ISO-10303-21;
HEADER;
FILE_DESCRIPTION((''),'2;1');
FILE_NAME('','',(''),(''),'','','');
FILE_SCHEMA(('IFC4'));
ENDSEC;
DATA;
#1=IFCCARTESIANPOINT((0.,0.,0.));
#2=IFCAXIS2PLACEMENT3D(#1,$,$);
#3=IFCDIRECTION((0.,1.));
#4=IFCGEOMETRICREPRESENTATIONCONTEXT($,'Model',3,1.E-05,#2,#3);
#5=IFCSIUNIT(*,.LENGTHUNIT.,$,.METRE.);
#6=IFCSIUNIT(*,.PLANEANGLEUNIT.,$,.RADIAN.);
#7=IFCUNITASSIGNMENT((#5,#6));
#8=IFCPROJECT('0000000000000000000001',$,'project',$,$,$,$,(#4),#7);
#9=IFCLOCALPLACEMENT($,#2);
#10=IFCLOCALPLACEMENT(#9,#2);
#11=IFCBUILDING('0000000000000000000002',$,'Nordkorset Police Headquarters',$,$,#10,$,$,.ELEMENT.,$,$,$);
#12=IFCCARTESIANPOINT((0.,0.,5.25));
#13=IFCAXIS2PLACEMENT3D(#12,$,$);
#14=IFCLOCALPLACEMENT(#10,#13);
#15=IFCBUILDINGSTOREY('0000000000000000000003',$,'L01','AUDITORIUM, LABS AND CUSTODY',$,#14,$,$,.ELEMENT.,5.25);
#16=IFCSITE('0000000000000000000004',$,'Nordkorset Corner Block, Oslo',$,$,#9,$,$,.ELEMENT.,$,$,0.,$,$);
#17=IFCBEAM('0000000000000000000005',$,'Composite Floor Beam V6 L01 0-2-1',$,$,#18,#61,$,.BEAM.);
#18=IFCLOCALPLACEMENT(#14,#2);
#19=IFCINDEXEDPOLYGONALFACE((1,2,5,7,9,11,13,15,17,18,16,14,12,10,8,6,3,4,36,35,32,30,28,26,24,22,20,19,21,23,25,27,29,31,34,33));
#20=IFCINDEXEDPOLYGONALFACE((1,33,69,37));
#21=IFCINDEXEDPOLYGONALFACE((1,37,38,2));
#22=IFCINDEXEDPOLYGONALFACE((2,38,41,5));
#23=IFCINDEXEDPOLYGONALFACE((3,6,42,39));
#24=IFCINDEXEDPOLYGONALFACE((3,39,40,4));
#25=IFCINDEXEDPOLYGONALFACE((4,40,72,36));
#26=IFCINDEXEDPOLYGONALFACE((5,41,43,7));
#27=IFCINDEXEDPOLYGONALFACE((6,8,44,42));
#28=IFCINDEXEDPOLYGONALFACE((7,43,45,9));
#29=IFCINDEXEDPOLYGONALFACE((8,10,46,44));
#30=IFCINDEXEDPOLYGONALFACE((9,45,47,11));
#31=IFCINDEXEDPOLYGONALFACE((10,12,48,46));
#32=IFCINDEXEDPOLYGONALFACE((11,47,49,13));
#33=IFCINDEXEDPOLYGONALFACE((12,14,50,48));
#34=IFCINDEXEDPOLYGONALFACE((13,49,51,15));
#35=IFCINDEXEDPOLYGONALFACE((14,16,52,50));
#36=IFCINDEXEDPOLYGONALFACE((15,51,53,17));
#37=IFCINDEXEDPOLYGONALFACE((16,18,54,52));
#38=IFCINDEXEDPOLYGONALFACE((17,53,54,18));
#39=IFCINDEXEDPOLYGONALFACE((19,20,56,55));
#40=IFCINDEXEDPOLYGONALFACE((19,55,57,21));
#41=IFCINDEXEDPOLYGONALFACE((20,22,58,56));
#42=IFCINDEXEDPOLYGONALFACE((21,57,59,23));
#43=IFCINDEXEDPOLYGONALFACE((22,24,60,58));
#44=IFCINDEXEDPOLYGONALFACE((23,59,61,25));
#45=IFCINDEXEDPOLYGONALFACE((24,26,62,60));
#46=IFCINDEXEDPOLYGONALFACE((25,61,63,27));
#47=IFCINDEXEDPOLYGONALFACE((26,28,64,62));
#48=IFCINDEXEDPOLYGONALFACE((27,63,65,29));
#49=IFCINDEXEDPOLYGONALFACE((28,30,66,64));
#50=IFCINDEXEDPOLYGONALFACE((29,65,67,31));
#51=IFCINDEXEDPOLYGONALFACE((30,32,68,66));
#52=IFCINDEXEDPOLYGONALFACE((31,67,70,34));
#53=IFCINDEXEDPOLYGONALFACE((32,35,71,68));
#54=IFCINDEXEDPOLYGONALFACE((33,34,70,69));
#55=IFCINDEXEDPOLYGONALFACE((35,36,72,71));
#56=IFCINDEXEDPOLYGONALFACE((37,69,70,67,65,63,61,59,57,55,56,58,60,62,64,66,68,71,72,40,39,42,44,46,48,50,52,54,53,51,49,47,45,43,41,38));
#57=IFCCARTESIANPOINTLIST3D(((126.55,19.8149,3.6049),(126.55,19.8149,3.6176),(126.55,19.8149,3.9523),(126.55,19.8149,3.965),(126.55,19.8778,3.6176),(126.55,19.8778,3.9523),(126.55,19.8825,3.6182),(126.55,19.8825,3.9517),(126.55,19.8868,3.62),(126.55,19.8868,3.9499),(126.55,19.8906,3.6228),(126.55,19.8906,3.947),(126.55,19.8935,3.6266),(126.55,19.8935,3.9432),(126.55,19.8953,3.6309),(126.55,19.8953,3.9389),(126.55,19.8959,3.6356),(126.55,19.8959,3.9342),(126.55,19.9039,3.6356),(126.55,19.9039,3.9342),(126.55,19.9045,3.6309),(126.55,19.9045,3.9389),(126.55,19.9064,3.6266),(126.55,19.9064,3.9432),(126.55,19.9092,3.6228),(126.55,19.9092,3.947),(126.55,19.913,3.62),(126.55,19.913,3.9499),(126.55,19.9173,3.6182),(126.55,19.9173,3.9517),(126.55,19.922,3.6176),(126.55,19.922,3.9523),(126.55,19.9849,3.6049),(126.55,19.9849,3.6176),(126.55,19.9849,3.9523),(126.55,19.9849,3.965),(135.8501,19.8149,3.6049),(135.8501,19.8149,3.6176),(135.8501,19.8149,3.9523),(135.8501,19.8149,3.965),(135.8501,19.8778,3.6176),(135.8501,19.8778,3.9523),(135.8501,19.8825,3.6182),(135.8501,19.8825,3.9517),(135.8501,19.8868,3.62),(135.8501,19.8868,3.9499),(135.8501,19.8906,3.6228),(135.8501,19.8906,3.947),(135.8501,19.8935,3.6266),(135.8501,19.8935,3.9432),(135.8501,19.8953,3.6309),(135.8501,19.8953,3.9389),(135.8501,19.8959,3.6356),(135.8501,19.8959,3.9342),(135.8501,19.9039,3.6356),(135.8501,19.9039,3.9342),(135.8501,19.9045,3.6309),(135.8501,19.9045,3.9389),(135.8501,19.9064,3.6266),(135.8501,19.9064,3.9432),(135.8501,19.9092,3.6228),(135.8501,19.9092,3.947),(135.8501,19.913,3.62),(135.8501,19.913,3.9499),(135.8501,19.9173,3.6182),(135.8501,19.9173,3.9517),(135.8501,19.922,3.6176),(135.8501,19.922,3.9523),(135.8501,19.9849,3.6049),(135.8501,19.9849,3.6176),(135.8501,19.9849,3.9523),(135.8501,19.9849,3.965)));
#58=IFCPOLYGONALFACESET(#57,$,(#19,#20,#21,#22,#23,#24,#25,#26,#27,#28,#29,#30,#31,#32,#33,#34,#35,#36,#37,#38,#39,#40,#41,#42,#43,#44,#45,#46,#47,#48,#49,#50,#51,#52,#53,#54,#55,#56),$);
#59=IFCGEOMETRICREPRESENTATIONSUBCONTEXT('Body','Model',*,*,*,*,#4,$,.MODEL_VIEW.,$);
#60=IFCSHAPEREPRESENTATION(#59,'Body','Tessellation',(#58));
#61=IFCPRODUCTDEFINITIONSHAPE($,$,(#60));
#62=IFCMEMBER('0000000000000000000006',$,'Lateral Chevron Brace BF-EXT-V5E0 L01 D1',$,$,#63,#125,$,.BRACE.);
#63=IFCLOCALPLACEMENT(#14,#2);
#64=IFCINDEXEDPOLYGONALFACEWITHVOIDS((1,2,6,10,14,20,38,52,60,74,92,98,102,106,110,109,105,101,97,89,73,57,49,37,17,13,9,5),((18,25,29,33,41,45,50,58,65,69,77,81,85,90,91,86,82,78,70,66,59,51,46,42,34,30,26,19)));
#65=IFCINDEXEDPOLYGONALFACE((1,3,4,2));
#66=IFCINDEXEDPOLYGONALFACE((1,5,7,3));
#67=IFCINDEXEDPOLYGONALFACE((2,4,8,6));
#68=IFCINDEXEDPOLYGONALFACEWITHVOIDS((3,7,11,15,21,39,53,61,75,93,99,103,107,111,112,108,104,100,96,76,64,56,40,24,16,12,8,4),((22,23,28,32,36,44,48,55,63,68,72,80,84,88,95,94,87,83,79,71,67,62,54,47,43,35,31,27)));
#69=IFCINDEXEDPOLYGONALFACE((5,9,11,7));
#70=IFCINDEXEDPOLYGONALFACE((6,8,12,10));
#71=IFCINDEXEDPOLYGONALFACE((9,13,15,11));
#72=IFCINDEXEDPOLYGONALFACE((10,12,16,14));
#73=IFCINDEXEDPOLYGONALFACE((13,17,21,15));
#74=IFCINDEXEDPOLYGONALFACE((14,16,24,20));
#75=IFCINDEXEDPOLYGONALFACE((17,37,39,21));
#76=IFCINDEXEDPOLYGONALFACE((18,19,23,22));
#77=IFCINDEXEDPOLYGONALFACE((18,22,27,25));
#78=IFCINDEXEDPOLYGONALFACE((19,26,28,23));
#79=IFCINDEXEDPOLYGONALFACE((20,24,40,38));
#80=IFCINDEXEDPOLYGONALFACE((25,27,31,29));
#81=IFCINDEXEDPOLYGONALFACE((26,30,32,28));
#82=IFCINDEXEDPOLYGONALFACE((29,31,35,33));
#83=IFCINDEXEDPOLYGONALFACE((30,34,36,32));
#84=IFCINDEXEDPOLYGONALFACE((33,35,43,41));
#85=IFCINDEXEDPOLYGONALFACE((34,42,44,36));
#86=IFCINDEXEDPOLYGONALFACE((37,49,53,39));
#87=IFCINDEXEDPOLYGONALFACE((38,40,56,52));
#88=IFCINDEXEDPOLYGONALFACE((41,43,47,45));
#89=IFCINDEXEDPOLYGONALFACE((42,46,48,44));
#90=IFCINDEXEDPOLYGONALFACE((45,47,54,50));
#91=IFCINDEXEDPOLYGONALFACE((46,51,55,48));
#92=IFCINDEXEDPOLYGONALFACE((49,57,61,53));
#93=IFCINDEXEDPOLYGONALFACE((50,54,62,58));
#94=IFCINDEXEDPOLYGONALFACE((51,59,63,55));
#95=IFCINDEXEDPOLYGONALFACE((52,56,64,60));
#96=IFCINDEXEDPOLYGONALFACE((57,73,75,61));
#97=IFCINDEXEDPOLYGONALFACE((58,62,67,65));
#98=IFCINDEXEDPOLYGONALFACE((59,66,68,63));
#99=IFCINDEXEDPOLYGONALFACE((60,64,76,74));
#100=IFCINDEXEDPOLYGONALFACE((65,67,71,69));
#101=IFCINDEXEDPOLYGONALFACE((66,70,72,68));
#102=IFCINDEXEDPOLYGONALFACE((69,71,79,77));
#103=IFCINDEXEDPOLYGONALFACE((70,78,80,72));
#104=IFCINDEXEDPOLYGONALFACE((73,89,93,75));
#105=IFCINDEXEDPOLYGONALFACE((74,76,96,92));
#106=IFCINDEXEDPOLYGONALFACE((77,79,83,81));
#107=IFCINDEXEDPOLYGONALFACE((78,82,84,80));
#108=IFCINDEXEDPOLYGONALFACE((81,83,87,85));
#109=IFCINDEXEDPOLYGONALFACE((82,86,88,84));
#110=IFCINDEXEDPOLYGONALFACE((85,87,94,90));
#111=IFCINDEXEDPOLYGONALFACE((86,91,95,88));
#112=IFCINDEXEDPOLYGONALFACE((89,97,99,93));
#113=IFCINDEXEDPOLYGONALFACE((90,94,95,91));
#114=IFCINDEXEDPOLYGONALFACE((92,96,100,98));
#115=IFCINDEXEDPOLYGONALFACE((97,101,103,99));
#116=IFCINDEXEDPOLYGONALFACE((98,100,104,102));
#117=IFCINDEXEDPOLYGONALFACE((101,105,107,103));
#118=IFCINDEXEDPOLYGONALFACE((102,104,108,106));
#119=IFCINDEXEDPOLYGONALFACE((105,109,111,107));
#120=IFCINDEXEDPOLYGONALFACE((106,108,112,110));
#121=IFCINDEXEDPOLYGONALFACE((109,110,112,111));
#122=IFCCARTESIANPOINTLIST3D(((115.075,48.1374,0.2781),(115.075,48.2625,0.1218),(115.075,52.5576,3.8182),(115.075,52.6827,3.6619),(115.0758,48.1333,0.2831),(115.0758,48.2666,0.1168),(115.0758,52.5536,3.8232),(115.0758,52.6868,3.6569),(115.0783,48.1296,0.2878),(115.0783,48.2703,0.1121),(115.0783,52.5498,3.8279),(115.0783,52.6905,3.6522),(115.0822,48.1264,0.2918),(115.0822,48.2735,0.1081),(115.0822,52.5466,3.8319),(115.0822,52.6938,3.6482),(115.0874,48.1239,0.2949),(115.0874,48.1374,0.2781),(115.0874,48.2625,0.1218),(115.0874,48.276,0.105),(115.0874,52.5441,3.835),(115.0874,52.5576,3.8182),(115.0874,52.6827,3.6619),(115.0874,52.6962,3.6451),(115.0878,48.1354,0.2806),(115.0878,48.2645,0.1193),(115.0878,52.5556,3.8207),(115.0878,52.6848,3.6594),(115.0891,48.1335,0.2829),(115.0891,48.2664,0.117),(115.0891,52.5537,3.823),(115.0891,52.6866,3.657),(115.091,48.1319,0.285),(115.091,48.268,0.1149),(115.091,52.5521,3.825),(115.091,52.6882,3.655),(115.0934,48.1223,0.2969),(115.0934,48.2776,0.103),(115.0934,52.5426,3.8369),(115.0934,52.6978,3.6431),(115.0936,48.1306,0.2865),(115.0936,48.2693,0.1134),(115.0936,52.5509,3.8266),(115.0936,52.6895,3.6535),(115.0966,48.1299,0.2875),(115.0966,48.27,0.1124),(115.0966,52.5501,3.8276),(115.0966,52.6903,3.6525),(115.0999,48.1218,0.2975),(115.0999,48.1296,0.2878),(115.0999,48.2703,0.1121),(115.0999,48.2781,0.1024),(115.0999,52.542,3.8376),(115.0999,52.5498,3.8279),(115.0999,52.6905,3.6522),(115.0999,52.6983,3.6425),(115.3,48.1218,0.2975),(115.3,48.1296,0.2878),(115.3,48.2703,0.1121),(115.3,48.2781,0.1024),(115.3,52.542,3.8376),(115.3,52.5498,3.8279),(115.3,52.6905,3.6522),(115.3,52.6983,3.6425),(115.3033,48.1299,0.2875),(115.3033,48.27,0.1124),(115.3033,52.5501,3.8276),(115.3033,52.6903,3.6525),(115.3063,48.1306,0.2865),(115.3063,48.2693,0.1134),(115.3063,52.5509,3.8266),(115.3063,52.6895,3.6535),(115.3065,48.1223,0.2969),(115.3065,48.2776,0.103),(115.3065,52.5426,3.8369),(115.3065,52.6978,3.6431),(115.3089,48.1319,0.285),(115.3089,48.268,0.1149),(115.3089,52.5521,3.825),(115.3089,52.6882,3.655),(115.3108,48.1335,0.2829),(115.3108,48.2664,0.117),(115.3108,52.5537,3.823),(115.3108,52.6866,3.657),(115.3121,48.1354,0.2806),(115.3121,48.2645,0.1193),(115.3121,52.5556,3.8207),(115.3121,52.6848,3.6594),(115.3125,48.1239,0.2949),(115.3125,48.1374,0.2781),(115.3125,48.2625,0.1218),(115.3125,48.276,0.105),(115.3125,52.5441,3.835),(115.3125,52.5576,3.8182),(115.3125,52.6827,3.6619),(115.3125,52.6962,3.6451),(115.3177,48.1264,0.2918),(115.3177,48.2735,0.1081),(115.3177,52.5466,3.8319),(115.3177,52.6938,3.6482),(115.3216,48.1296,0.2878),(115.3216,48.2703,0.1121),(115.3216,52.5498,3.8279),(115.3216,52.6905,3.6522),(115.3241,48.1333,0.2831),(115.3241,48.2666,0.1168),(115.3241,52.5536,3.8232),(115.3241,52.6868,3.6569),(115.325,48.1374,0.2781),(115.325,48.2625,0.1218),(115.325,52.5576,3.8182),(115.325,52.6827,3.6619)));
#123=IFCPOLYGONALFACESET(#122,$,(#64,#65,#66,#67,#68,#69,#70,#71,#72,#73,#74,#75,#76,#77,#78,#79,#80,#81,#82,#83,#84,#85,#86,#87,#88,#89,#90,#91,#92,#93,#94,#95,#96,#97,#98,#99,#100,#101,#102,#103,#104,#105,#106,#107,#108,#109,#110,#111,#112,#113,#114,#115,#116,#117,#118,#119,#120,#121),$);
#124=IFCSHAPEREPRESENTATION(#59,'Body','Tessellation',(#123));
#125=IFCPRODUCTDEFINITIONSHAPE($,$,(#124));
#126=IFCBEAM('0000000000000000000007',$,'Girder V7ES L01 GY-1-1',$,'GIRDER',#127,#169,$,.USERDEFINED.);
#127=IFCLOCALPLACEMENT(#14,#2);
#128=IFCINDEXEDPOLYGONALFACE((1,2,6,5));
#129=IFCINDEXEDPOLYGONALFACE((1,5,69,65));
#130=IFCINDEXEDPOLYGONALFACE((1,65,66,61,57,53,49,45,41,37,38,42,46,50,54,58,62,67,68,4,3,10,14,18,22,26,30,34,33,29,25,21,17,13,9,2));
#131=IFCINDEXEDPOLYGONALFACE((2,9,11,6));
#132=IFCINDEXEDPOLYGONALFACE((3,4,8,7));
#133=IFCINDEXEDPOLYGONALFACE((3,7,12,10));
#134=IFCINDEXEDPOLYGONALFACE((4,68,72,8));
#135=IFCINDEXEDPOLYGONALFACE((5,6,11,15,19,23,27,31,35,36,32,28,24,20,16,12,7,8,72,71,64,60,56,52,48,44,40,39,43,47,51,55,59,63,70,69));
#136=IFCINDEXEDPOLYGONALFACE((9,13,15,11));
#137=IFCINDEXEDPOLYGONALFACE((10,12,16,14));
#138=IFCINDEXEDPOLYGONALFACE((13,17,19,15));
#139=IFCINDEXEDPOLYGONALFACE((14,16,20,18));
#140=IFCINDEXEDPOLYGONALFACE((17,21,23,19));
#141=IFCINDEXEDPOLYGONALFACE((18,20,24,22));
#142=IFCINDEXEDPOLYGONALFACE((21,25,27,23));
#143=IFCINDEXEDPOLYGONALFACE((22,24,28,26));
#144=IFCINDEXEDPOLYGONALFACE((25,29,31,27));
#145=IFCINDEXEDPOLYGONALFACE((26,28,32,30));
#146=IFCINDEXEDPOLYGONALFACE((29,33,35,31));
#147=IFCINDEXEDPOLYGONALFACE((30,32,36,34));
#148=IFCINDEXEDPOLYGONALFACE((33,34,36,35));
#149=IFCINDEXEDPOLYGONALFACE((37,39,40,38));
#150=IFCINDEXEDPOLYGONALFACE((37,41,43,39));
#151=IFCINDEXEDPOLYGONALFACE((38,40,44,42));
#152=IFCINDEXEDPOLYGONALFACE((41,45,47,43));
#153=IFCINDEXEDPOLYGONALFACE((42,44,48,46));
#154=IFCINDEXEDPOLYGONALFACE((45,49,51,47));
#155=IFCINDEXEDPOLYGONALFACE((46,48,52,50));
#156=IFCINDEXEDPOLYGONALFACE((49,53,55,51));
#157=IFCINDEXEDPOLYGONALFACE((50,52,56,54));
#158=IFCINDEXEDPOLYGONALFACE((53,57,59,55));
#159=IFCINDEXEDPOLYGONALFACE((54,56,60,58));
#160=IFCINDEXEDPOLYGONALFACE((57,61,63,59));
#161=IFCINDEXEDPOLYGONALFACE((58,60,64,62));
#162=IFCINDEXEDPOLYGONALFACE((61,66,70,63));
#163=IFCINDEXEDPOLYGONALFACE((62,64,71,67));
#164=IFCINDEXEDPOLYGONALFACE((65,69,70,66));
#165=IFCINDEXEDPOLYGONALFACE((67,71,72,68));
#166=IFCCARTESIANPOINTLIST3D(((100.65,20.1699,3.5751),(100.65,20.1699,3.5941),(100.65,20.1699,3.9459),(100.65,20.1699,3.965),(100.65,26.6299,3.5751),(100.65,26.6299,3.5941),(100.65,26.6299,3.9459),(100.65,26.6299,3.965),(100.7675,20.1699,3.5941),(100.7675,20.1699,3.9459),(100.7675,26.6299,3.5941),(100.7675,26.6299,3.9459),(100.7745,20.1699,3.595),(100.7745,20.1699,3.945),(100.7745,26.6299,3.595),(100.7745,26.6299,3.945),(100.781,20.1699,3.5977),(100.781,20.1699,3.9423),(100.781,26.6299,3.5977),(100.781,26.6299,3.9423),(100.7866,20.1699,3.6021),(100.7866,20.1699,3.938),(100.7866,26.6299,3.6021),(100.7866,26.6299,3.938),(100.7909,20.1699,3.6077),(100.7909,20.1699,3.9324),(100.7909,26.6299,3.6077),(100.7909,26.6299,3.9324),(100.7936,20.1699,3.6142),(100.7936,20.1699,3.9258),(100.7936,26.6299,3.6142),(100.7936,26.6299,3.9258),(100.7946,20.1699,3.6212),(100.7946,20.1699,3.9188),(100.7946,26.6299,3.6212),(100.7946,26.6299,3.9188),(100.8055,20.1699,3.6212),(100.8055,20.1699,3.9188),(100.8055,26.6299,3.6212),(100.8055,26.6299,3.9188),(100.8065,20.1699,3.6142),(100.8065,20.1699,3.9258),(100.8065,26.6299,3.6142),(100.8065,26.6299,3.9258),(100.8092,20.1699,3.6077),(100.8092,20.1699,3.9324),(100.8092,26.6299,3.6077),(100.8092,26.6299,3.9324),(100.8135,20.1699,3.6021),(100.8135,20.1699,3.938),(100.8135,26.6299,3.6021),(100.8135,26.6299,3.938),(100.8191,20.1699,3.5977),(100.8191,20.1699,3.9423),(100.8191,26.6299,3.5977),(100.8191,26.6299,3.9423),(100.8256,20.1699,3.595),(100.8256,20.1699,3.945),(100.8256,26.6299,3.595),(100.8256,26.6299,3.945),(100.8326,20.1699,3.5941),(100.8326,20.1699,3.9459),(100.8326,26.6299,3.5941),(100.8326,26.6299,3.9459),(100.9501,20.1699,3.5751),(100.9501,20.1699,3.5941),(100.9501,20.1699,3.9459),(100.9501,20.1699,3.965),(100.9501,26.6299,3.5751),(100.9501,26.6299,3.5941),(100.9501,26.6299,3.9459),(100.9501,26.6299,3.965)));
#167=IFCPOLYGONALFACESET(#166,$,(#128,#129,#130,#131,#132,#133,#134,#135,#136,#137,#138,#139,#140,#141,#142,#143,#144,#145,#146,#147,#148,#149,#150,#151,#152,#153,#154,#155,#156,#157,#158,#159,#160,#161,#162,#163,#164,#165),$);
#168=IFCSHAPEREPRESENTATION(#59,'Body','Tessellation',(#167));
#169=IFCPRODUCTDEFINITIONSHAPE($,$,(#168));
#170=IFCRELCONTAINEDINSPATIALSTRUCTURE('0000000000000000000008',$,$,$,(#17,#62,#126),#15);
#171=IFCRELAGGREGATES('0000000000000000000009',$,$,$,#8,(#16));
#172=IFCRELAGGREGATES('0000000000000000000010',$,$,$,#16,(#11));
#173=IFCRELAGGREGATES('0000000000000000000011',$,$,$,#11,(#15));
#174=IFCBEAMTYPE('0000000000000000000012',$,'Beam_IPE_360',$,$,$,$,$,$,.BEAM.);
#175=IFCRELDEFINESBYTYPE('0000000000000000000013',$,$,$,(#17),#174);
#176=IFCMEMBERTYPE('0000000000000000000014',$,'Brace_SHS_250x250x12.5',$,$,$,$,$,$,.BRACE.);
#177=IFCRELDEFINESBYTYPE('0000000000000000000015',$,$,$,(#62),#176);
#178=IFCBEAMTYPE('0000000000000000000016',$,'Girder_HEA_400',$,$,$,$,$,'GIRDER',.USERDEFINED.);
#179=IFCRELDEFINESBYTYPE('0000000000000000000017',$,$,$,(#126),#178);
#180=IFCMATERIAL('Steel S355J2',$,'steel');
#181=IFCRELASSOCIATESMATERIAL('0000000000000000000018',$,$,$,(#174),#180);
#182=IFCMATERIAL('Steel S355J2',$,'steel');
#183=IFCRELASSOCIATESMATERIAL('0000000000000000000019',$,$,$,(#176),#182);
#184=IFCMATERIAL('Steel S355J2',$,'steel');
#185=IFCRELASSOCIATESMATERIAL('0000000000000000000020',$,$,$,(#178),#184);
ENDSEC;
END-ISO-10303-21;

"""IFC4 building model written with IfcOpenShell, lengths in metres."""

from ifc_helpers import new_model, si_unit, direction, frame, origin, origin_2d, place, context, subcontext, project, spatial, hollow_rectangle, i_section, extrude, material, material_profile, profile_set, type_object, element, save


model = new_model("IFC4")

# Units and contexts
model_context = context("Model", 3, precision=1e-05, world=origin(), true_north=direction((0.0, 1.0)))
body_context = subcontext(model_context, "Body", "Model", "MODEL_VIEW")
ifc_project = project(units=[si_unit("LENGTHUNIT", "METRE"), si_unit("PLANEANGLEUNIT", "RADIAN")], contexts=[model_context])

# Site, building, storey
site_placement = place(None, origin())
site = spatial("IfcSite", under=ifc_project, at=site_placement, Name="Nordkorset Corner Block, Oslo", CompositionType="ELEMENT", RefElevation=0.0)
building_placement = place(site_placement, origin())
building = spatial("IfcBuilding", under=site, at=building_placement, Name="Nordkorset Police Headquarters", CompositionType="ELEMENT")
storey_placement = place(building_placement, frame((0.0, 0.0, 5.25)))
storey = spatial("IfcBuildingStorey", under=building, at=storey_placement, Name="L01", Description="AUDITORIUM, LABS AND CUSTODY", CompositionType="ELEMENT", Elevation=5.25)

# Beam
ifc_material_1 = material(Name="Steel S355J2", Category="steel")
ifc_material_profile_1 = material_profile(ifc_material_1, i_section(OverallWidth=0.1699, OverallDepth=0.3601, WebThickness=0.0081, FlangeThickness=0.0127, FilletRadius=0.0181, at=origin_2d()), Name="IPE 360")
ifc_profile_set_1 = profile_set([ifc_material_profile_1], Name="Steel S355J2")
beam_type_1 = type_object("IfcBeamType", Name="Beam_IPE_360", PredefinedType="BEAM", material=ifc_profile_set_1)
beam_1_placement = place(storey_placement, frame((126.55, 19.8999, 3.7849), z_axis=(1.0, 0.0, 0.0), x_axis=(0.0, 1.0, 0.0)))
element("IfcBeam", 1, at=beam_1_placement, inside=storey, type_object=beam_type_1, Name="Composite Floor Beam V6 L01 0-2-1", PredefinedType="BEAM", context=body_context, shape_type="SweptSolid", body=[
    extrude(i_section(OverallWidth=0.1699, OverallDepth=0.3601, WebThickness=0.0081, FlangeThickness=0.0127, FilletRadius=0.0181, at=origin_2d()), origin(), (0.0, 0.0, 1.0), 9.3),
])

# Member
ifc_material_2 = material(Name="Steel S355J2", Category="steel")
ifc_material_profile_2 = material_profile(ifc_material_2, hollow_rectangle(XDim=0.25, YDim=0.25, WallThickness=0.0125, InnerFilletRadius=0.0125, OuterFilletRadius=0.0249, at=origin_2d()), Name="SHS 250x250x12.5")
ifc_profile_set_2 = profile_set([ifc_material_profile_2], Name="Steel S355J2")
member_type = type_object("IfcMemberType", Name="Brace_SHS_250x250x12.5", PredefinedType="BRACE", material=ifc_profile_set_2)
member_placement = place(storey_placement, frame((115.2, 48.2, 0.2), z_axis=(0.0, 0.780532, 0.625116), x_axis=(-1.0, 0.0, 0.0)))
element("IfcMember", 2, at=member_placement, inside=storey, type_object=member_type, Name="Lateral Chevron Brace BF-EXT-V5E0 L01 D1", PredefinedType="BRACE", context=body_context, shape_type="SweptSolid", body=[
    extrude(hollow_rectangle(XDim=0.25, YDim=0.25, WallThickness=0.0125, InnerFilletRadius=0.0125, OuterFilletRadius=0.0249, at=origin_2d()), origin(), (0.0, 0.0, 1.0), 5.6631),
])

# Beam
ifc_material_3 = material(Name="Steel S355J2", Category="steel")
ifc_material_profile_3 = material_profile(ifc_material_3, i_section(OverallWidth=0.3, OverallDepth=0.3899, WebThickness=0.011, FlangeThickness=0.019, FilletRadius=0.0271, at=origin_2d()), Name="HEA 400")
ifc_profile_set_3 = profile_set([ifc_material_profile_3], Name="Steel S355J2")
beam_type_2 = type_object("IfcBeamType", Name="Girder_HEA_400", ElementType="GIRDER", PredefinedType="USERDEFINED", material=ifc_profile_set_3)
beam_2_placement = place(storey_placement, frame((100.8, 20.1699, 3.77), z_axis=(0.0, 1.0, 0.0), x_axis=(-1.0, 0.0, 0.0)))
element("IfcBeam", 3, at=beam_2_placement, inside=storey, type_object=beam_type_2, Name="Girder V7ES L01 GY-1-1", ObjectType="GIRDER", PredefinedType="USERDEFINED", context=body_context, shape_type="SweptSolid", body=[
    extrude(i_section(OverallWidth=0.3, OverallDepth=0.3899, WebThickness=0.011, FlangeThickness=0.019, FilletRadius=0.0271, at=origin_2d()), origin(), (0.0, 0.0, 1.0), 6.46),
])

save(model, "model.ifc")
